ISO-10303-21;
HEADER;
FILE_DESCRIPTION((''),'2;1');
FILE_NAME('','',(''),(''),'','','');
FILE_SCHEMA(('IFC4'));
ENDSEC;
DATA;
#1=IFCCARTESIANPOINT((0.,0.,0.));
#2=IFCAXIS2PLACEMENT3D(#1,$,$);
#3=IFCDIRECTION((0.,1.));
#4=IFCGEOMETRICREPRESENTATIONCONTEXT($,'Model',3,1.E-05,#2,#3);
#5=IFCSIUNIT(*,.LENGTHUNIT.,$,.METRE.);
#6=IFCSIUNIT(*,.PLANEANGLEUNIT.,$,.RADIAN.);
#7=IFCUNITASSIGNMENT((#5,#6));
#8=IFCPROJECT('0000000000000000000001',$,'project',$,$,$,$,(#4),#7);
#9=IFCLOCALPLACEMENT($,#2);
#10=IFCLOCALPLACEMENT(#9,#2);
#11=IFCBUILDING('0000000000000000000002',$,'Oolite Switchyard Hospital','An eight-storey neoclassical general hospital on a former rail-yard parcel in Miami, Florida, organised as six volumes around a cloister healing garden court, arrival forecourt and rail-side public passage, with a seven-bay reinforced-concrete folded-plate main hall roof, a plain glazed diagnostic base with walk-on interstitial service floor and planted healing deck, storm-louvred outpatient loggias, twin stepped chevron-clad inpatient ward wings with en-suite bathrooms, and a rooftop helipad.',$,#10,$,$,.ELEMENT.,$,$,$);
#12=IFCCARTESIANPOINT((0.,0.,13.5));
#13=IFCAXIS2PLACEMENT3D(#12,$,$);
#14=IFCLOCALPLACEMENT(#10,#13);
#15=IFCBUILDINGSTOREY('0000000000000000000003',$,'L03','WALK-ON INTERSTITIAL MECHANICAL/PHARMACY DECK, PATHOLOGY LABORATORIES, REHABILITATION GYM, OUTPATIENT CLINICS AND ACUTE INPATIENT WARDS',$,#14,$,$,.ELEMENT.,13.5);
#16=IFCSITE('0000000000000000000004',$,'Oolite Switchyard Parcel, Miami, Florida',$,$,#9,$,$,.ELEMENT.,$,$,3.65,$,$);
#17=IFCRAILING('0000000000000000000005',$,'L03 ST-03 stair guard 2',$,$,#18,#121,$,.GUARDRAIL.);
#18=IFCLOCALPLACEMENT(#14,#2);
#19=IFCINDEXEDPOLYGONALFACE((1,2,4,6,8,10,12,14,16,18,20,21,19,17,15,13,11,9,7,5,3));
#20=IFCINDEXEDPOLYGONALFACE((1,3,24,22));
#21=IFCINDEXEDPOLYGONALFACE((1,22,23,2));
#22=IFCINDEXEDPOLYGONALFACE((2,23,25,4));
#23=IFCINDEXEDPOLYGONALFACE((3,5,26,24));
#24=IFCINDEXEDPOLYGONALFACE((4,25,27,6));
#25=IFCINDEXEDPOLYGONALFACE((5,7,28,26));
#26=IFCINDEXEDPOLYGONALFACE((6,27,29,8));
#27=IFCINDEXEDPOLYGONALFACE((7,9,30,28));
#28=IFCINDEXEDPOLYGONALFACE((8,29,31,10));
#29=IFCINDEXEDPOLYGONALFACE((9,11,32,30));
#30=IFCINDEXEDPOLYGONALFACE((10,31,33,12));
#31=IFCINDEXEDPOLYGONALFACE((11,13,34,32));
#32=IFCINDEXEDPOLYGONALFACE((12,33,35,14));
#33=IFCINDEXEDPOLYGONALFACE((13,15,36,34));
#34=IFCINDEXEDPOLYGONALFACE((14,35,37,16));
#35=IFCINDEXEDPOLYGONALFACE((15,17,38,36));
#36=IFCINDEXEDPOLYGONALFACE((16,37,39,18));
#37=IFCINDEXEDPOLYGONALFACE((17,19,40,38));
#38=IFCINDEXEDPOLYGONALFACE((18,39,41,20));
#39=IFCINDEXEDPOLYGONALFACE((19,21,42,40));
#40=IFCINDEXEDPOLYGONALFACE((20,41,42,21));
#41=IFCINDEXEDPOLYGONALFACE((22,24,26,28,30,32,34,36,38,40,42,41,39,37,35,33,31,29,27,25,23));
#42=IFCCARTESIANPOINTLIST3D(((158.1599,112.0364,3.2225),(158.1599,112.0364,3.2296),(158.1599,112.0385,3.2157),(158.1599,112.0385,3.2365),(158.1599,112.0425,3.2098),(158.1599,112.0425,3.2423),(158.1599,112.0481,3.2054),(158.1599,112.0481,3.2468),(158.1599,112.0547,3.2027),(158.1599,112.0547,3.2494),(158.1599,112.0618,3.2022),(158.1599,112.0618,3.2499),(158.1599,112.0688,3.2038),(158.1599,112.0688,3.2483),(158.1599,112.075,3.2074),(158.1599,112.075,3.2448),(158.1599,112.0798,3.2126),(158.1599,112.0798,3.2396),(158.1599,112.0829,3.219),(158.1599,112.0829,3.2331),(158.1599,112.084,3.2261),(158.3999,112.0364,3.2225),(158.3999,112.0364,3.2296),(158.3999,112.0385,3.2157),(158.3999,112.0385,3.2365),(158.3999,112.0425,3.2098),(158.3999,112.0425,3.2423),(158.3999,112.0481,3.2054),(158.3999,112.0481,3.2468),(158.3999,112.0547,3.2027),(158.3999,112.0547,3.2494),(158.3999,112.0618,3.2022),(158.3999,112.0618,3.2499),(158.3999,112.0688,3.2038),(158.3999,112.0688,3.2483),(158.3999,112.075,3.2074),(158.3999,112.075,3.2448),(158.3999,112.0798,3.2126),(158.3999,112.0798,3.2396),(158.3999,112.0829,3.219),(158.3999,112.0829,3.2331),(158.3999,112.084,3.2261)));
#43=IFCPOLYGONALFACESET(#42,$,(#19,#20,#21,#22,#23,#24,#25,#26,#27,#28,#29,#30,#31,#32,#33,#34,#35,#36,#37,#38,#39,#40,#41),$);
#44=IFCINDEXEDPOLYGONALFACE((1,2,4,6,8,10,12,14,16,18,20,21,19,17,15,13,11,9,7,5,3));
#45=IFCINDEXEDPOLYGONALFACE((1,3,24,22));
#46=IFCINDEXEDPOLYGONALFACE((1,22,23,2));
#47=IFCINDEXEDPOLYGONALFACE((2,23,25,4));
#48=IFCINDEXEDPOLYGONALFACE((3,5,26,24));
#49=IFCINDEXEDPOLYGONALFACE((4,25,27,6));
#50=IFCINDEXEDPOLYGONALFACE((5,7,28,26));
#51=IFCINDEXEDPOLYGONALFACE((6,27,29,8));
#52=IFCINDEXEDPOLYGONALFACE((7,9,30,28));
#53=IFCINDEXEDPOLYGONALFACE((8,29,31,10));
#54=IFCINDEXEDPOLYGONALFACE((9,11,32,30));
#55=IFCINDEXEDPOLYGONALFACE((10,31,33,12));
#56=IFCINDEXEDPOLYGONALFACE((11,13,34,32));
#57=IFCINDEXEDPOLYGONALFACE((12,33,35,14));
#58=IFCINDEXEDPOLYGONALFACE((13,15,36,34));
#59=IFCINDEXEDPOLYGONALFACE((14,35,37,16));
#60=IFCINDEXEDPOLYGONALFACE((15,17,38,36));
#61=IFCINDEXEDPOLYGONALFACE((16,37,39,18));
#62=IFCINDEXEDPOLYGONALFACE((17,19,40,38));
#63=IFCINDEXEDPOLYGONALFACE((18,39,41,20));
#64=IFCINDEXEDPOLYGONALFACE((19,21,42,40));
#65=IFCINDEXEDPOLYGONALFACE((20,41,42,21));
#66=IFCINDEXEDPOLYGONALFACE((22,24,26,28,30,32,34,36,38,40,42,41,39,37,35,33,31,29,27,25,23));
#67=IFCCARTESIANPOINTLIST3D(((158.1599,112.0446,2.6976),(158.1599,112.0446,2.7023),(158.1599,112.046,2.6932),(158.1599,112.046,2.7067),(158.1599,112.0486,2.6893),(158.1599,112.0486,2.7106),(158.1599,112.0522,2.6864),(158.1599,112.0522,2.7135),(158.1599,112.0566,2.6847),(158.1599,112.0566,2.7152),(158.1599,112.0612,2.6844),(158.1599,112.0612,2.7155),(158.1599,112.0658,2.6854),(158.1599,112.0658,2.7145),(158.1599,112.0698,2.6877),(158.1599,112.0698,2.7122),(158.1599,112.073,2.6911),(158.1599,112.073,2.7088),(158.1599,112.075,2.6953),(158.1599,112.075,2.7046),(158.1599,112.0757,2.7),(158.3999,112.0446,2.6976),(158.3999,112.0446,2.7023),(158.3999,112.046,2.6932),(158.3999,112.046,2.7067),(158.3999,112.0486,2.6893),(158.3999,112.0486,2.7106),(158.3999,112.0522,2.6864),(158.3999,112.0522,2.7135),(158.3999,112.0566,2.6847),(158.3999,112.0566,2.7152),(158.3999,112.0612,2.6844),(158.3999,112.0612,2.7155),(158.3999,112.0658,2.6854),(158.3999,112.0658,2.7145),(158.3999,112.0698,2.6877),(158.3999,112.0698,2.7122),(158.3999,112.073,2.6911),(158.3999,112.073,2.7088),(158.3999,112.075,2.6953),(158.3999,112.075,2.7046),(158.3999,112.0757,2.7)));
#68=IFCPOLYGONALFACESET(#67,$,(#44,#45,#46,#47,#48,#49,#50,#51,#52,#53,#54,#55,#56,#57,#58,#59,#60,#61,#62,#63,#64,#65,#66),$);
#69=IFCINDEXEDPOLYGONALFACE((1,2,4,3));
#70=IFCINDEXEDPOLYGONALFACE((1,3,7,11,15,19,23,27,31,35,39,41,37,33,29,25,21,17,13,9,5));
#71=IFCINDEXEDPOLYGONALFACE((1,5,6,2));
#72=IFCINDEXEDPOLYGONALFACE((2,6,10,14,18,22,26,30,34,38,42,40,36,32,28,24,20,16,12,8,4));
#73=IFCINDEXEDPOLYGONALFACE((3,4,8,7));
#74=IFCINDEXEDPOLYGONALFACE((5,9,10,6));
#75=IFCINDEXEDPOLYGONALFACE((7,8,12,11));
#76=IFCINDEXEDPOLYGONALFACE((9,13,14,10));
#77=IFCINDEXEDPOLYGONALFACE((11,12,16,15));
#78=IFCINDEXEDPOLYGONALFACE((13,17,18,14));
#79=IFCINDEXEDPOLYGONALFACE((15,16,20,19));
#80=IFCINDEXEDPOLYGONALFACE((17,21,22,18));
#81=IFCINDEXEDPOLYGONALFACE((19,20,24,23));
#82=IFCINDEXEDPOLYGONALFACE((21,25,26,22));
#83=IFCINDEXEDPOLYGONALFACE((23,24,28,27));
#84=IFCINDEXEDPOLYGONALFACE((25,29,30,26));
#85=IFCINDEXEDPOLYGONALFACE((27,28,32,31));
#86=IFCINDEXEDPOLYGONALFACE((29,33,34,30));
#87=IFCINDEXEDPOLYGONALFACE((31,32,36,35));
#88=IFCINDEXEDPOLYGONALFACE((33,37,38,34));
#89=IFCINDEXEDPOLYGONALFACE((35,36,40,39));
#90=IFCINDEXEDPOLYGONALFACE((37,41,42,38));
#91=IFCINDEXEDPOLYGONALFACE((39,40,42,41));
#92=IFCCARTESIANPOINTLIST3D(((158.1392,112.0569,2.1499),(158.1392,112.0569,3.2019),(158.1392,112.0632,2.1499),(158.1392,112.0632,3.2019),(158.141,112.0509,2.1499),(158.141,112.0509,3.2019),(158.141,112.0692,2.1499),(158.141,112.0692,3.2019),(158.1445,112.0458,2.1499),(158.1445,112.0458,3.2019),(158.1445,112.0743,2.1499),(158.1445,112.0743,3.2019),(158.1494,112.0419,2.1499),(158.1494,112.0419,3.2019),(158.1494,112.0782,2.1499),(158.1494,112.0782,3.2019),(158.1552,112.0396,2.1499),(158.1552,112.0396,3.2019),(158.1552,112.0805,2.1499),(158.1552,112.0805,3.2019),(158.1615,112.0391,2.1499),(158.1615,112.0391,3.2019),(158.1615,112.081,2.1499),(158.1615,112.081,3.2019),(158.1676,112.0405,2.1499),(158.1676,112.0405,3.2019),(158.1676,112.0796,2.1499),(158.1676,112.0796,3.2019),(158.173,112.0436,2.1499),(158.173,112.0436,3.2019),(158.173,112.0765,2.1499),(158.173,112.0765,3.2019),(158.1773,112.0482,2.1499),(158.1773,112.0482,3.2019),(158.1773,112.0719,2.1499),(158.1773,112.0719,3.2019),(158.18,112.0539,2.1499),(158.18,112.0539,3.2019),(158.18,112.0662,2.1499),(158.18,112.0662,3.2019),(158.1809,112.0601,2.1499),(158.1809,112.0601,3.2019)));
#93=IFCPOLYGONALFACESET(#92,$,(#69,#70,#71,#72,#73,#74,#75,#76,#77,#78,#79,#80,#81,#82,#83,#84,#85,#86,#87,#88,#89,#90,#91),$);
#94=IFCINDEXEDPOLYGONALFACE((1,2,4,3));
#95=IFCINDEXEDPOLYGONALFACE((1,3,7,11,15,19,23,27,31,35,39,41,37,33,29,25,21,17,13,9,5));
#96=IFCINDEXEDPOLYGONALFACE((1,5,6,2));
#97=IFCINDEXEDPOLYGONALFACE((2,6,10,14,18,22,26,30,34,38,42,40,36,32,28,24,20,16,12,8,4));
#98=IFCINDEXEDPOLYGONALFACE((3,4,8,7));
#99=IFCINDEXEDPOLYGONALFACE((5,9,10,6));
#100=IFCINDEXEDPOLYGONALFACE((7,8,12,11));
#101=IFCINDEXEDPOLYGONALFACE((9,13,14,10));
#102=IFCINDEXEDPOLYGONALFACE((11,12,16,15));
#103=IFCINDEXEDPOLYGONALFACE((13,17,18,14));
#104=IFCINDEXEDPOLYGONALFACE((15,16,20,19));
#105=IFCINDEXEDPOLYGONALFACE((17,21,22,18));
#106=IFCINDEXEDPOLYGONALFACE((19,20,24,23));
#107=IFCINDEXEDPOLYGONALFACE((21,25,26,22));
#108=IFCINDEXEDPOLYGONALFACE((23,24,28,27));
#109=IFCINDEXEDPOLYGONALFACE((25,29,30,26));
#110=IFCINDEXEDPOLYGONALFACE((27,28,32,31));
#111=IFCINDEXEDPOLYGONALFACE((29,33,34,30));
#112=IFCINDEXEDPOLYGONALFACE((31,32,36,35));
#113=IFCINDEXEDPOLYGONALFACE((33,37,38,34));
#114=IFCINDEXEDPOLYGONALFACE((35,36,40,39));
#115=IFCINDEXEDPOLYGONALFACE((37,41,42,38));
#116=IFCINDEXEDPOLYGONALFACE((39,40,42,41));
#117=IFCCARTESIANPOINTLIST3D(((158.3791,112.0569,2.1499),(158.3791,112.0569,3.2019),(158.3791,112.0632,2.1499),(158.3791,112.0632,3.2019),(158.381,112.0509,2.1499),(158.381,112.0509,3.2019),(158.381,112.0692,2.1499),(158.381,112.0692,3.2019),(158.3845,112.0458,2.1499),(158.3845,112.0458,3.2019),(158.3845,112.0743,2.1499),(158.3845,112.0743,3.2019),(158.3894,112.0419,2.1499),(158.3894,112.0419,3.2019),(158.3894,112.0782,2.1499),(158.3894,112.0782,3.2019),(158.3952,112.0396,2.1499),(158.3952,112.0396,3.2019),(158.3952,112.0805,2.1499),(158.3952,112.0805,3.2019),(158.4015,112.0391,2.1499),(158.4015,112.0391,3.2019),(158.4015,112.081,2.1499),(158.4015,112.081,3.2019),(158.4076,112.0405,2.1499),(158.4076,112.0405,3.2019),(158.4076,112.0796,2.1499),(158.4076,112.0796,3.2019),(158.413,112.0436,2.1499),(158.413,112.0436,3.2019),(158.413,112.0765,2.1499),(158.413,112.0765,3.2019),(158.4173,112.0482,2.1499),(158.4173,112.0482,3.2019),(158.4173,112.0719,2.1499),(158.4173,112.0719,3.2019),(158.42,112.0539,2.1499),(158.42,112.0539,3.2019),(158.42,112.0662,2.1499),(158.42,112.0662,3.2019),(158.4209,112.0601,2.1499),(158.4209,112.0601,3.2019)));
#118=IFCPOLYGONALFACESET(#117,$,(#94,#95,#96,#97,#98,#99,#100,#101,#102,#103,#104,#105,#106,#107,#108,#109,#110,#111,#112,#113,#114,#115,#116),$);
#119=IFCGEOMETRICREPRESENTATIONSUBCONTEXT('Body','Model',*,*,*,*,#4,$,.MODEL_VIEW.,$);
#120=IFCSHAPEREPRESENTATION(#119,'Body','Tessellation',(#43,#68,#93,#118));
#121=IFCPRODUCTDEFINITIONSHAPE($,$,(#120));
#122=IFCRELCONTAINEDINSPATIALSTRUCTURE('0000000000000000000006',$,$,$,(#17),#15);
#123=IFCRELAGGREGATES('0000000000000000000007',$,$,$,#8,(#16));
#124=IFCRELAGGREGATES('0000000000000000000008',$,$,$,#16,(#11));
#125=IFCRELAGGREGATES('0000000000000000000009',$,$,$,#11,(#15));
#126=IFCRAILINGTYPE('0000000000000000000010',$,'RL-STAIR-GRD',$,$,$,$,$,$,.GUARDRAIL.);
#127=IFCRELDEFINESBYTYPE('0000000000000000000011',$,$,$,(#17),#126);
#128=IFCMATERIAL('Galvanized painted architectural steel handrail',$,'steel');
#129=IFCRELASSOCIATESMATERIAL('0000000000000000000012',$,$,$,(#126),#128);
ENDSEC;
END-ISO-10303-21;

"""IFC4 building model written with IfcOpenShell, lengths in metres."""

from ifc_helpers import new_model, si_unit, direction, frame, origin, origin_2d, place, context, subcontext, project, spatial, circle, extrude, material, type_object, element, save


model = new_model("IFC4")

# Units and contexts
model_context = context("Model", 3, precision=1e-05, world=origin(), true_north=direction((0.0, 1.0)))
body_context = subcontext(model_context, "Body", "Model", "MODEL_VIEW")
ifc_project = project(units=[si_unit("LENGTHUNIT", "METRE"), si_unit("PLANEANGLEUNIT", "RADIAN")], contexts=[model_context])

# Site, building, storey
site_placement = place(None, origin())
site = spatial("IfcSite", under=ifc_project, at=site_placement, Name="Oolite Switchyard Parcel, Miami, Florida", CompositionType="ELEMENT", RefElevation=3.65)
building_placement = place(site_placement, origin())
building = spatial("IfcBuilding", under=site, at=building_placement, Name="Oolite Switchyard Hospital", Description="An eight-storey neoclassical general hospital on a former rail-yard parcel in Miami, Florida, organised as six volumes around a cloister healing garden court, arrival forecourt and rail-side public passage, with a seven-bay reinforced-concrete folded-plate main hall roof, a plain glazed diagnostic base with walk-on interstitial service floor and planted healing deck, storm-louvred outpatient loggias, twin stepped chevron-clad inpatient ward wings with en-suite bathrooms, and a rooftop helipad.", CompositionType="ELEMENT")
storey_placement = place(building_placement, frame((0.0, 0.0, 13.5)))
storey = spatial("IfcBuildingStorey", under=building, at=storey_placement, Name="L03", Description="WALK-ON INTERSTITIAL MECHANICAL/PHARMACY DECK, PATHOLOGY LABORATORIES, REHABILITATION GYM, OUTPATIENT CLINICS AND ACUTE INPATIENT WARDS", CompositionType="ELEMENT", Elevation=13.5)

# Railing
ifc_material_1 = material(Name="Galvanized painted architectural steel handrail", Category="steel")
railing_type_1 = type_object("IfcRailingType", Name="RL-STAIR-GRD", PredefinedType="GUARDRAIL", material=ifc_material_1)
railing_1_placement = place(storey_placement, frame((158.1599, 112.0601, 2.1499)))
element("IfcRailing", 1, at=railing_1_placement, inside=storey, type_object=railing_type_1, Name="L03 ST-03 stair guard 2", PredefinedType="GUARDRAIL", context=body_context, shape_type="SweptSolid", body=[
    extrude(circle(Radius=0.0239, at=origin_2d()), frame((0.0, 0.0, 1.0762), z_axis=(1.0, 0.0, 0.0), x_axis=(0.0, 1.0, 0.0)), (0.0, 0.0, 1.0), 0.24),
    extrude(circle(Radius=0.0156, at=origin_2d()), frame((0.0, 0.0, 0.55), z_axis=(1.0, 0.0, 0.0), x_axis=(0.0, 1.0, 0.0)), (0.0, 0.0, 1.0), 0.24),
    extrude(circle(Radius=0.021, at=origin_2d()), origin(), (0.0, 0.0, 1.0), 1.052),
    extrude(circle(Radius=0.021, at=origin_2d()), frame((0.24, 0.0, 0.0)), (0.0, 0.0, 1.0), 1.052),
])

save(model, "model.ifc")
